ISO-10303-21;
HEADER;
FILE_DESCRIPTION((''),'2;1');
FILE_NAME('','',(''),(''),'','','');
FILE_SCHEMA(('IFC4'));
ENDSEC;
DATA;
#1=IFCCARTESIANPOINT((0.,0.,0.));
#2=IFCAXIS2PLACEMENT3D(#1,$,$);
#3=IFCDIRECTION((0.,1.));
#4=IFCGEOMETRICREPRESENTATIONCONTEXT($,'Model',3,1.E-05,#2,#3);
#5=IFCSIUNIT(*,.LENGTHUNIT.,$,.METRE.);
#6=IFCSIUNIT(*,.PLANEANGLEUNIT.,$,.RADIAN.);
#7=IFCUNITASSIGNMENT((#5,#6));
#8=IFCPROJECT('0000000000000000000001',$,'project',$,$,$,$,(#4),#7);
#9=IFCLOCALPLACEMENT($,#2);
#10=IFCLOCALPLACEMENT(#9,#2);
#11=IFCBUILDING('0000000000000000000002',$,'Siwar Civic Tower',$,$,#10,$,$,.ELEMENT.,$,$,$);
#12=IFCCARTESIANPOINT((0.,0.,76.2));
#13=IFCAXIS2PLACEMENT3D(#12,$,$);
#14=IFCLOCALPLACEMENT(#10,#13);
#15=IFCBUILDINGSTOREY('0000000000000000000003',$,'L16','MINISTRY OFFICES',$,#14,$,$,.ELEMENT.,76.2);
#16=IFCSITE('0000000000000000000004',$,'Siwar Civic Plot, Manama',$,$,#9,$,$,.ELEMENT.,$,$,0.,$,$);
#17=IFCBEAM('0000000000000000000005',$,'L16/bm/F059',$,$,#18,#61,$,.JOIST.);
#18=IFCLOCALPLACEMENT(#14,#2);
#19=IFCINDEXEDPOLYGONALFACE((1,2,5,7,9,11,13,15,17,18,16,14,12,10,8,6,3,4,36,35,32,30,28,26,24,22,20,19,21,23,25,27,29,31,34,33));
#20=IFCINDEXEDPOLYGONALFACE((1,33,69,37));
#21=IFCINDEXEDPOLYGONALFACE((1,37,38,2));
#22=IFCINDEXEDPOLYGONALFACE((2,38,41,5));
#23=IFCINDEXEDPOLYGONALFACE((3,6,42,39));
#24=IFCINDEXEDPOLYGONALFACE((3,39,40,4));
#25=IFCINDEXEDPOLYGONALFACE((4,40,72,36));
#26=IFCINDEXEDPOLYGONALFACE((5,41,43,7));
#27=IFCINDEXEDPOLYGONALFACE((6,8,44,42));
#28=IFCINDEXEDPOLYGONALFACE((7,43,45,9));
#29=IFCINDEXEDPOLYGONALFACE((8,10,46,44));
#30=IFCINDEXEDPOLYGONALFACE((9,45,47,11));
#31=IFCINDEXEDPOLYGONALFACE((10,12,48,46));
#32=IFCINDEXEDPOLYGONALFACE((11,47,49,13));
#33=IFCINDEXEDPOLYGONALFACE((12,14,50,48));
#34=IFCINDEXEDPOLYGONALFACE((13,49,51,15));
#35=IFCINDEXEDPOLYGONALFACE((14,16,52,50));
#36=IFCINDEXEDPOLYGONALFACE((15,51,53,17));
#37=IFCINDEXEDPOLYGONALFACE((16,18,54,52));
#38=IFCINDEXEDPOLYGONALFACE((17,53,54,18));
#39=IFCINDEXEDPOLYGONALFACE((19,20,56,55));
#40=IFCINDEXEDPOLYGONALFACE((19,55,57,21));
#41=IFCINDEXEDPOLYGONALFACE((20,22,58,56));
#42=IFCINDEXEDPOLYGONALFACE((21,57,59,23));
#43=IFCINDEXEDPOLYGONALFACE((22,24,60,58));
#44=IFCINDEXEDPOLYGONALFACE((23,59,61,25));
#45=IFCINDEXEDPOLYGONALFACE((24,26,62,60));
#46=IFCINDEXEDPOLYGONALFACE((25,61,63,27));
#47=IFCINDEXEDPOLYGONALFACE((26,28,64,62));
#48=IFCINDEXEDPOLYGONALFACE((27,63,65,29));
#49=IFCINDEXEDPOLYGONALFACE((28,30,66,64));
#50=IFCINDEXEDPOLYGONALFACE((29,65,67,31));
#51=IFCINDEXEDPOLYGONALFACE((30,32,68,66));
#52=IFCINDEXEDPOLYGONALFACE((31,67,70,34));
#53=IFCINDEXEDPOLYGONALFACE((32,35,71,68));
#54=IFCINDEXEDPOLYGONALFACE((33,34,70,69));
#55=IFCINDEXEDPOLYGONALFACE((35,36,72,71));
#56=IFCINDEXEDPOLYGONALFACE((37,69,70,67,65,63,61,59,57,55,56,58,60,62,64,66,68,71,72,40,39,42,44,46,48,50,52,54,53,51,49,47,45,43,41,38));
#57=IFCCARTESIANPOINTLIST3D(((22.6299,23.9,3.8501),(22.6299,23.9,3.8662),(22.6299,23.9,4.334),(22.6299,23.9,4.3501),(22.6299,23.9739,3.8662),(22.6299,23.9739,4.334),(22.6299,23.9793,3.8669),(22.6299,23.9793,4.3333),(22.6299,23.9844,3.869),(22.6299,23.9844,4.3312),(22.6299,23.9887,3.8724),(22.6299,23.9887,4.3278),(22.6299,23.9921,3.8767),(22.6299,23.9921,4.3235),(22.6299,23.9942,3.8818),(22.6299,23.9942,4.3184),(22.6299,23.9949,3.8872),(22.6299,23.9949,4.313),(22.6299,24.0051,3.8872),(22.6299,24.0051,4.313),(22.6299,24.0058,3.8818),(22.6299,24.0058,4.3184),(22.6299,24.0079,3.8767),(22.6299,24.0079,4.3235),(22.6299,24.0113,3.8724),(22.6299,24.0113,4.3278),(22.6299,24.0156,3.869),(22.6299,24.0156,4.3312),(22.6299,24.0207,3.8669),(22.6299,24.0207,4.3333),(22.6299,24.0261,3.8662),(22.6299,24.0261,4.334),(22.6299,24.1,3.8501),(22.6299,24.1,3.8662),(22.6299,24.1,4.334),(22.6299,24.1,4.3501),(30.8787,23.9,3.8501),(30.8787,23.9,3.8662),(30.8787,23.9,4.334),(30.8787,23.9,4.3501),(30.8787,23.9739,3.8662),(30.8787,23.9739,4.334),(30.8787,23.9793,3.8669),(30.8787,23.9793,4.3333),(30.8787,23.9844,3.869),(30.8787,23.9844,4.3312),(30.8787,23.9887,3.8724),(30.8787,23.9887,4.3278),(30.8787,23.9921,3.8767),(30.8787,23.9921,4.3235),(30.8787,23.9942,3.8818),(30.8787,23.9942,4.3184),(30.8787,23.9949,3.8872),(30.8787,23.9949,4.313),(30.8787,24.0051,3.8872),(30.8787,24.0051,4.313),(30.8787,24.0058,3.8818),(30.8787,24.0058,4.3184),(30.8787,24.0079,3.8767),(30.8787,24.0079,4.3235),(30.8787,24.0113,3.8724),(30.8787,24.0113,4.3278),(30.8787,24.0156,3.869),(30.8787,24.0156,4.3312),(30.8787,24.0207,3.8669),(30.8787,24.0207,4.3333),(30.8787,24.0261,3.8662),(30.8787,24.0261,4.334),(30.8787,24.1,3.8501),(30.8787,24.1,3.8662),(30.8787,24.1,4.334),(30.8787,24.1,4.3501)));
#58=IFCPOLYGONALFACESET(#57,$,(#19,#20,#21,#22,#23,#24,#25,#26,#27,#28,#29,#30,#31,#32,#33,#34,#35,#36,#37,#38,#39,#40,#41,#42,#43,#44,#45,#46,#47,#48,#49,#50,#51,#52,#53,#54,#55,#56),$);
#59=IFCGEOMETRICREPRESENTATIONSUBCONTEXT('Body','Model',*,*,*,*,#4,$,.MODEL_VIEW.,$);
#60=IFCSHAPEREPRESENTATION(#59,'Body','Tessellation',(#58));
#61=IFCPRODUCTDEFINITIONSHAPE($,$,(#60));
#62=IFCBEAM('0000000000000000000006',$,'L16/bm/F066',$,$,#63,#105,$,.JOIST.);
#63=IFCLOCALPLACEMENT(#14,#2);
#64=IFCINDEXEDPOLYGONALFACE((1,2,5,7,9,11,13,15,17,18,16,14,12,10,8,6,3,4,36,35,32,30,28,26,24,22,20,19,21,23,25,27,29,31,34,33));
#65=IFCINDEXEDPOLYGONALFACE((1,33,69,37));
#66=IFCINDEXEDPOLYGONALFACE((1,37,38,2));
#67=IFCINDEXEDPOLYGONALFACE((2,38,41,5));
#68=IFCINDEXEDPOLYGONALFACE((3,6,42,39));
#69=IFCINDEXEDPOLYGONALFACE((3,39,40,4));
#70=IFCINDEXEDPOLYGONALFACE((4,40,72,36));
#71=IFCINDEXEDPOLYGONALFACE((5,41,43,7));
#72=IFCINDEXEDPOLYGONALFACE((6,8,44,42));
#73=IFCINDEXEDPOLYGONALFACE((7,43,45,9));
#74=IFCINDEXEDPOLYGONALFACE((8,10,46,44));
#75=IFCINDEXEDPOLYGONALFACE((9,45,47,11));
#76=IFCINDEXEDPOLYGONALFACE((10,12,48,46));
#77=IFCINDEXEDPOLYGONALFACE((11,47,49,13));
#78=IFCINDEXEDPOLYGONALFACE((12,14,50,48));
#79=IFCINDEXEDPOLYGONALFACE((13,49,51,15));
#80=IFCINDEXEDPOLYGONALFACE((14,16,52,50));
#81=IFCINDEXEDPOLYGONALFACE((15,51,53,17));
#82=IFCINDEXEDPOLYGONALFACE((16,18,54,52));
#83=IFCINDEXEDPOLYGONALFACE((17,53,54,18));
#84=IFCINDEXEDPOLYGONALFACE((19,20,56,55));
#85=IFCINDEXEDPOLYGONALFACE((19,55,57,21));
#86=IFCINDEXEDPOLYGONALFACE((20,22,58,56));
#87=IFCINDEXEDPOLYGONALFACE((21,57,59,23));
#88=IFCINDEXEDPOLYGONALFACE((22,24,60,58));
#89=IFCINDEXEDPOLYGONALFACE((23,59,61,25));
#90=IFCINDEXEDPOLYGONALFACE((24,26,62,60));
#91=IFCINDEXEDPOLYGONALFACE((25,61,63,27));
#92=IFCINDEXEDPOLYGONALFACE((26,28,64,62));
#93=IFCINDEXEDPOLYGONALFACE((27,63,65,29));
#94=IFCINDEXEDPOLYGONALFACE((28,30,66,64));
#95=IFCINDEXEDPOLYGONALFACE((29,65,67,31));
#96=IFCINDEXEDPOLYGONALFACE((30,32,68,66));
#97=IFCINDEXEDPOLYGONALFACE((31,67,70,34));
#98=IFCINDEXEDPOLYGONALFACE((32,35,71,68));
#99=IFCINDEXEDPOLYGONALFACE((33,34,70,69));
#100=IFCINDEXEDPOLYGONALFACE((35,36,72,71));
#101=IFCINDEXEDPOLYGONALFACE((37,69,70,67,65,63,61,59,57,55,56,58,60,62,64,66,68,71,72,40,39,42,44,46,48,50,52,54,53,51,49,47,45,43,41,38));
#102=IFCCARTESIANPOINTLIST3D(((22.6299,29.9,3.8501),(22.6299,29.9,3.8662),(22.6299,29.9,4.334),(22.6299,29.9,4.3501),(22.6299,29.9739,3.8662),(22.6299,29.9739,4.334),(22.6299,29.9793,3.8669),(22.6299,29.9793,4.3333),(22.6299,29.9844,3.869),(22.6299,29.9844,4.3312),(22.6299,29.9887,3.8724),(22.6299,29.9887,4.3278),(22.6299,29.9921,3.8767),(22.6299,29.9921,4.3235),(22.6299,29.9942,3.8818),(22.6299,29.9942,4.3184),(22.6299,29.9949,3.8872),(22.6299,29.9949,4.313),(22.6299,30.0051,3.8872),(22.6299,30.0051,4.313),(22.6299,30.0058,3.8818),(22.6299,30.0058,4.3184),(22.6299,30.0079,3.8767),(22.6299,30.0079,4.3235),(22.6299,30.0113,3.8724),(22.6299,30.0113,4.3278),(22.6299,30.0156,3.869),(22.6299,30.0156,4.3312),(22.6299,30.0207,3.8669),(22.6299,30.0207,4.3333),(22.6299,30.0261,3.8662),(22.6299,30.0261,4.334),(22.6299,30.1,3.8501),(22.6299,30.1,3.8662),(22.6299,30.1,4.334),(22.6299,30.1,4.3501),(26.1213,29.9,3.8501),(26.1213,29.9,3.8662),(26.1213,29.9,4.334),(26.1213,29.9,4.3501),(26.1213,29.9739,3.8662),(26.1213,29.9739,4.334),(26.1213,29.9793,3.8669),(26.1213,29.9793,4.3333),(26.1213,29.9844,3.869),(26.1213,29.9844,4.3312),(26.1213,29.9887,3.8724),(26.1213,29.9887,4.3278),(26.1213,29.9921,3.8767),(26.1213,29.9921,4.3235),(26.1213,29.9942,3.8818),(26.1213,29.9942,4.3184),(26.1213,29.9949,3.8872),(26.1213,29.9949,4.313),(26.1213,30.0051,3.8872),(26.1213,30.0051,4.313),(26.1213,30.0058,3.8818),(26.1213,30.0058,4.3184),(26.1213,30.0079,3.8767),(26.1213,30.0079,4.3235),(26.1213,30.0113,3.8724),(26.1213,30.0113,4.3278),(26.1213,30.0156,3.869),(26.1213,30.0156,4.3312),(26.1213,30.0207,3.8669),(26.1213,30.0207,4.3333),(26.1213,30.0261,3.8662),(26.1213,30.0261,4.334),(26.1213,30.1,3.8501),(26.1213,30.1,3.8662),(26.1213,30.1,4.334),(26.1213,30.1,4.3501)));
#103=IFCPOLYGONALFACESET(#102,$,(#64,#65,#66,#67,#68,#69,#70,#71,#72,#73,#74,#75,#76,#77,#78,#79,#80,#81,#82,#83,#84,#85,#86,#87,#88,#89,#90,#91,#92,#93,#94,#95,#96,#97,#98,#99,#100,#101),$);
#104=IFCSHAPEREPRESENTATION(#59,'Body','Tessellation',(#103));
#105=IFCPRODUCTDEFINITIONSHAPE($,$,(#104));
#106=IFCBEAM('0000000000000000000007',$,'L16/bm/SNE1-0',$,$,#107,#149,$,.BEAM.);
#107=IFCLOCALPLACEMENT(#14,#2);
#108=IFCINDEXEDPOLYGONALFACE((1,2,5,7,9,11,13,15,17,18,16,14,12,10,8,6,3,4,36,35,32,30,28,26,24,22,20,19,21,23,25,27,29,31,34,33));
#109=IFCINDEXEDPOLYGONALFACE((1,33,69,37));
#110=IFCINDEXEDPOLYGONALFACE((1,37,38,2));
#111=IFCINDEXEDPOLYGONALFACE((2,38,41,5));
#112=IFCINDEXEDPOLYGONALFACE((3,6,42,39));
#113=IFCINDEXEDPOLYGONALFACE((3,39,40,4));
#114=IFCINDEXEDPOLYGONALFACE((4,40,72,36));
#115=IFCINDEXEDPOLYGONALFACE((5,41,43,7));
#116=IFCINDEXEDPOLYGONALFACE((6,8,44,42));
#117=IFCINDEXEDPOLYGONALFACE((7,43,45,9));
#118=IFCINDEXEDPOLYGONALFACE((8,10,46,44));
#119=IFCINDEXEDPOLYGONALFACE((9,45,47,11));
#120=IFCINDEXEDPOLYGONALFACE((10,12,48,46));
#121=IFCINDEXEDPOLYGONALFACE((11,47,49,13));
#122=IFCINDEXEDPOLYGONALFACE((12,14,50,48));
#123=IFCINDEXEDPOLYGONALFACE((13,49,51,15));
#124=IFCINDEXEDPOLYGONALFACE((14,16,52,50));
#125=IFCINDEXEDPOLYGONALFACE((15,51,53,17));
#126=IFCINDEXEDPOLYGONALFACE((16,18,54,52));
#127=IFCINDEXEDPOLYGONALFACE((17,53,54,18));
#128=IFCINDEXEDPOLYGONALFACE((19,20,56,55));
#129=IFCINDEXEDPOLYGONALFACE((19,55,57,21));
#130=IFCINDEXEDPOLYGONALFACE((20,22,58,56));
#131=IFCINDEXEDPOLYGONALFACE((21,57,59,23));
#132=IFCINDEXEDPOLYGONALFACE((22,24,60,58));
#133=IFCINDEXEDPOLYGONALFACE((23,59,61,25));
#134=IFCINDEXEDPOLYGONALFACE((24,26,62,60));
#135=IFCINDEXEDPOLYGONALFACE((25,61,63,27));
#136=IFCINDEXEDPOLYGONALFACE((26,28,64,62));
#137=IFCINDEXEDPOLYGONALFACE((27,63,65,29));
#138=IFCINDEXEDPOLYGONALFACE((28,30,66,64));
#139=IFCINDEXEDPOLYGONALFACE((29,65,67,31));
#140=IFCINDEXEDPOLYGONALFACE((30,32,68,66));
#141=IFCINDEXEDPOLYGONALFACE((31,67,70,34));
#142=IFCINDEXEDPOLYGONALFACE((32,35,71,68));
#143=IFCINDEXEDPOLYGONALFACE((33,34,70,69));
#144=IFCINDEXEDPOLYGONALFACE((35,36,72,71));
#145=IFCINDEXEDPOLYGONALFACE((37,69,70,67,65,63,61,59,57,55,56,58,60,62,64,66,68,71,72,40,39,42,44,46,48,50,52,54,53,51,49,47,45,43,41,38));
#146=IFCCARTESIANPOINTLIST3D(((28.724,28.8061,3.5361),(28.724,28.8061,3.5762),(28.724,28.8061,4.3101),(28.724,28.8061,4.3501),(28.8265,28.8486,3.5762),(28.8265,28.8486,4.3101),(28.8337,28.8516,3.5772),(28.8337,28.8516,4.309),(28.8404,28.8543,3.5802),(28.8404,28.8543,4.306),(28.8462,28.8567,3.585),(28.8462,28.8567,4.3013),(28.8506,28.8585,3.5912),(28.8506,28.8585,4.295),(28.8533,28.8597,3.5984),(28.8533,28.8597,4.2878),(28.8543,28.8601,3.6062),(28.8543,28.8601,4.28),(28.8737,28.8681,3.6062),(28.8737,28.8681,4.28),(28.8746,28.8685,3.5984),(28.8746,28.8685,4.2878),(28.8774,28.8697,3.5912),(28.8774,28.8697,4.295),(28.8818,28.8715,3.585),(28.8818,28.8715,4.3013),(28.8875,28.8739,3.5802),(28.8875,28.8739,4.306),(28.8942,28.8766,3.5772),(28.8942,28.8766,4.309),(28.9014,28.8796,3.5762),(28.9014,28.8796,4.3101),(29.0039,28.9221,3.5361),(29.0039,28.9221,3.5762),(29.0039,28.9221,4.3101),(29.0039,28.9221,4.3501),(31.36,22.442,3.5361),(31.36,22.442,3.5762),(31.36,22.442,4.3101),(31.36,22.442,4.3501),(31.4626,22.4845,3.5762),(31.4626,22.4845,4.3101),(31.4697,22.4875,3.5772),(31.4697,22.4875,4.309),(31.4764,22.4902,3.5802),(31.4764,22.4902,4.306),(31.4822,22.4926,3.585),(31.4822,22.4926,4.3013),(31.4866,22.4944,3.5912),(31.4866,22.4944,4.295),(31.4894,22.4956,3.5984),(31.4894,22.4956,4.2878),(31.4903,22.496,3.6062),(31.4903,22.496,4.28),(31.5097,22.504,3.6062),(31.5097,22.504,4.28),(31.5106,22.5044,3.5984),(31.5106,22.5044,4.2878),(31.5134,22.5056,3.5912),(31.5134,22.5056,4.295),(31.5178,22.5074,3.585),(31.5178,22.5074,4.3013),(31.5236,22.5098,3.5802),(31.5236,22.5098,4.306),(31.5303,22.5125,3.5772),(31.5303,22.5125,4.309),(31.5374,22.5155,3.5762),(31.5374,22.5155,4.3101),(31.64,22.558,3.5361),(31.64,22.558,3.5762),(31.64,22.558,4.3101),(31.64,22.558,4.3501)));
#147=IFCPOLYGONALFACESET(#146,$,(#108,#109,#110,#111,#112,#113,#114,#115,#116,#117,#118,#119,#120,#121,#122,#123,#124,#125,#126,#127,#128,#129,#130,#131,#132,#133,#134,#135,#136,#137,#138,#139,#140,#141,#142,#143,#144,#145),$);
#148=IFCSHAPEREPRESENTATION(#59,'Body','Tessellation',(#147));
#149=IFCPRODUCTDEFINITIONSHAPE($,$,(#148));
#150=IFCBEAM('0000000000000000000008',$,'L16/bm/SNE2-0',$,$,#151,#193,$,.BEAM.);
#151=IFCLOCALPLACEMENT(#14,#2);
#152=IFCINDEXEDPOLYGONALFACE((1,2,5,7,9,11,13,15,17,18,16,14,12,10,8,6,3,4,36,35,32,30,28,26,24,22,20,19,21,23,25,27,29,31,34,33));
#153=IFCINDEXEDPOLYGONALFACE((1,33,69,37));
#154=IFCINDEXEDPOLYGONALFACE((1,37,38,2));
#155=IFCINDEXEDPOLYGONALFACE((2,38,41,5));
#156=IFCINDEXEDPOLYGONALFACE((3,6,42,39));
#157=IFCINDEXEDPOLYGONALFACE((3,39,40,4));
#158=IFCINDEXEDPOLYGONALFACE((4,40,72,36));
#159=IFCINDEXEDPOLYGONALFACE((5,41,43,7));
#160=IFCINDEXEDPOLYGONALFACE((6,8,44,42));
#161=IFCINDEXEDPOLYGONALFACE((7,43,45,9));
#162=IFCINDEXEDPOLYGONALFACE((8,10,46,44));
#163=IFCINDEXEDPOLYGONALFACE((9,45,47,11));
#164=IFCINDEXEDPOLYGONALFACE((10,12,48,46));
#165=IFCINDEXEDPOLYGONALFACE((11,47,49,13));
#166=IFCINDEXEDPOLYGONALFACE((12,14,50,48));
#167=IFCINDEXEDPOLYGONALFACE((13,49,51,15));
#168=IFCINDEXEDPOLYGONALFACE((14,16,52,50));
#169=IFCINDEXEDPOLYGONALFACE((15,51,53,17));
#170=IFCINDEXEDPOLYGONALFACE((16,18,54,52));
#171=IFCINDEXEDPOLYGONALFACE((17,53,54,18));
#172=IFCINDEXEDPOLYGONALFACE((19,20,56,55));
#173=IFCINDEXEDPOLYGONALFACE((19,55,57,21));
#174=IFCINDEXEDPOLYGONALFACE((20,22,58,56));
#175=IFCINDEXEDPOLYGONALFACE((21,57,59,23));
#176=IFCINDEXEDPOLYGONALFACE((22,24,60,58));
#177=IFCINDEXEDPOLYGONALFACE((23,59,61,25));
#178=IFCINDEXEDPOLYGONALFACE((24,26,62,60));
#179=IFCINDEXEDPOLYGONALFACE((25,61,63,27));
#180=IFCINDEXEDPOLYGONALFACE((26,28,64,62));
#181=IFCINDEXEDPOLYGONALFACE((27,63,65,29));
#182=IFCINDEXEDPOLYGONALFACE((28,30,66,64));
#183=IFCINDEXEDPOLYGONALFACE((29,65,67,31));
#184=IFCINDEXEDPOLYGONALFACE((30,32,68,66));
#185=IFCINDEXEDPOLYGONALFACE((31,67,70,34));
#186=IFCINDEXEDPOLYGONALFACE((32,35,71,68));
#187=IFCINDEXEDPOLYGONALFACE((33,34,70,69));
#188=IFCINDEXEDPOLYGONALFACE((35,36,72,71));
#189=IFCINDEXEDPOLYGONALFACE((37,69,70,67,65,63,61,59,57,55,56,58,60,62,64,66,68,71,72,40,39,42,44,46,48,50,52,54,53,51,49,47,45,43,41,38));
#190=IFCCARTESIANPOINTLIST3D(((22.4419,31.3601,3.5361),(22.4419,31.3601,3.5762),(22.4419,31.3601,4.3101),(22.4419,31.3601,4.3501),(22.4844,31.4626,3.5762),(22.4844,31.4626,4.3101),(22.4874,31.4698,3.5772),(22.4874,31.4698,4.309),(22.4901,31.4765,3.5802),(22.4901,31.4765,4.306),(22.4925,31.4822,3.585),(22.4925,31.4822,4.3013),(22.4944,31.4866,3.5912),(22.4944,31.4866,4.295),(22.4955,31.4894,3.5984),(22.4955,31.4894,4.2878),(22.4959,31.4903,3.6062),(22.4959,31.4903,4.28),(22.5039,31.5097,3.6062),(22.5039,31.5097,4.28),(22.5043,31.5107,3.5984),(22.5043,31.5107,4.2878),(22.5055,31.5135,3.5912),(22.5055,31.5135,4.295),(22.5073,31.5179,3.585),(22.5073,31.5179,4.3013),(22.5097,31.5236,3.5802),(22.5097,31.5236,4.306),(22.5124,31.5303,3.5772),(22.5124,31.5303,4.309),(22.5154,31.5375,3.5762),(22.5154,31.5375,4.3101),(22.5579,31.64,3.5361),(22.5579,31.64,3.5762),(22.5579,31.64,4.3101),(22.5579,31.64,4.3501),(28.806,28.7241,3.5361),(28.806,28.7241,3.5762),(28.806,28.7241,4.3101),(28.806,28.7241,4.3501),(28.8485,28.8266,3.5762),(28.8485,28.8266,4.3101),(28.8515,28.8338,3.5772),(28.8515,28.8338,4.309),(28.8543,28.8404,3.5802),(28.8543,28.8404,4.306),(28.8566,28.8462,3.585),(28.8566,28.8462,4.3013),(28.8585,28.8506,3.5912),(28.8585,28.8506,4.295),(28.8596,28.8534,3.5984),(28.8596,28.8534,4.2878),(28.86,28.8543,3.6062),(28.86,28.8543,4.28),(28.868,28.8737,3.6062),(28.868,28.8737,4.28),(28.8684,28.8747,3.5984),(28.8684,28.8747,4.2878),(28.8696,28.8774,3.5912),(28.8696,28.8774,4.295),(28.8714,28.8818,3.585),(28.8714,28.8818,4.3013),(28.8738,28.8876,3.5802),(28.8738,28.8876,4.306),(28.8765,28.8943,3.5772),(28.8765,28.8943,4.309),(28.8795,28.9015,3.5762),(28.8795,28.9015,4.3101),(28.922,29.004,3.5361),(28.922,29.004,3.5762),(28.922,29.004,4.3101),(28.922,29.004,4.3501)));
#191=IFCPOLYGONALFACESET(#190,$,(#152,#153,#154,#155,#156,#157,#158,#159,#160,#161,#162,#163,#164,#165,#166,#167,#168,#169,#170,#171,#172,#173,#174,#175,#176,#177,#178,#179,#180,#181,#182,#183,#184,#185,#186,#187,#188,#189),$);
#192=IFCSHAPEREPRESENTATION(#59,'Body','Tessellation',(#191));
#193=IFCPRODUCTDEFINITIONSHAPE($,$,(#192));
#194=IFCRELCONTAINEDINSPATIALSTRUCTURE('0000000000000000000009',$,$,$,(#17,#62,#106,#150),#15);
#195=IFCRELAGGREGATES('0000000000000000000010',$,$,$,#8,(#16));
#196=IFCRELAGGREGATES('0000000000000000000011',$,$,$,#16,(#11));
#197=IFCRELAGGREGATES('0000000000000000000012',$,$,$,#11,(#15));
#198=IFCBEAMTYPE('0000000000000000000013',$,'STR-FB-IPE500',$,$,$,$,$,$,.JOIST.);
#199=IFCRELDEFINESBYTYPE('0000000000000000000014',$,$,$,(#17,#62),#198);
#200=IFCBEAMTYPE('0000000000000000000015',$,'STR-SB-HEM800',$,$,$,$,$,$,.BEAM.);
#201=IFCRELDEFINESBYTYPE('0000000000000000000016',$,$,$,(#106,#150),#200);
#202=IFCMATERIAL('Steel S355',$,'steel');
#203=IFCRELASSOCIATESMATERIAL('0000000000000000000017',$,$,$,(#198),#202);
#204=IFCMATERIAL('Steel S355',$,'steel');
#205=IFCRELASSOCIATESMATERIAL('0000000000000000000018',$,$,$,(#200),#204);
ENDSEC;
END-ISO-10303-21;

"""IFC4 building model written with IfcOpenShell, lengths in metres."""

from ifc_helpers import new_model, si_unit, direction, frame, origin, origin_2d, place, context, subcontext, project, spatial, i_section, extrude, material, material_profile, profile_set, type_object, element, save


model = new_model("IFC4")

# Units and contexts
model_context = context("Model", 3, precision=1e-05, world=origin(), true_north=direction((0.0, 1.0)))
body_context = subcontext(model_context, "Body", "Model", "MODEL_VIEW")
ifc_project = project(units=[si_unit("LENGTHUNIT", "METRE"), si_unit("PLANEANGLEUNIT", "RADIAN")], contexts=[model_context])

# Site, building, storey
site_placement = place(None, origin())
site = spatial("IfcSite", under=ifc_project, at=site_placement, Name="Siwar Civic Plot, Manama", CompositionType="ELEMENT", RefElevation=0.0)
building_placement = place(site_placement, origin())
building = spatial("IfcBuilding", under=site, at=building_placement, Name="Siwar Civic Tower", CompositionType="ELEMENT")
storey_placement = place(building_placement, frame((0.0, 0.0, 76.2)))
storey = spatial("IfcBuildingStorey", under=building, at=storey_placement, Name="L16", Description="MINISTRY OFFICES", CompositionType="ELEMENT", Elevation=76.2)

# Beams
ifc_material_1 = material(Name="Steel S355", Category="steel")
ifc_material_profile_1 = material_profile(ifc_material_1, i_section(OverallWidth=0.2, OverallDepth=0.5, WebThickness=0.0103, FlangeThickness=0.0161, FilletRadius=0.021, at=origin_2d()), Name="IPE500")
ifc_profile_set_1 = profile_set([ifc_material_profile_1], Name="Steel S355")
beam_type_1 = type_object("IfcBeamType", Name="STR-FB-IPE500", PredefinedType="JOIST", material=ifc_profile_set_1)
beam_1_placement = place(storey_placement, frame((22.6299, 24.0, 4.1001), z_axis=(1.0, 0.0, 0.0), x_axis=(0.0, 1.0, 0.0)))
element("IfcBeam", 1, at=beam_1_placement, inside=storey, type_object=beam_type_1, Name="L16/bm/F059", PredefinedType="JOIST", context=body_context, shape_type="SweptSolid", body=[
    extrude(i_section(OverallWidth=0.2, OverallDepth=0.5, WebThickness=0.0103, FlangeThickness=0.0161, FilletRadius=0.021, at=origin_2d()), origin(), (0.0, 0.0, 1.0), 8.2488),
])
beam_2_placement = place(storey_placement, frame((22.6299, 30.0, 4.1001), z_axis=(1.0, 0.0, 0.0), x_axis=(0.0, 1.0, 0.0)))
element("IfcBeam", 2, at=beam_2_placement, inside=storey, type_object=beam_type_1, Name="L16/bm/F066", PredefinedType="JOIST", context=body_context, shape_type="SweptSolid", body=[
    extrude(i_section(OverallWidth=0.2, OverallDepth=0.5, WebThickness=0.0103, FlangeThickness=0.0161, FilletRadius=0.021, at=origin_2d()), origin(), (0.0, 0.0, 1.0), 3.4915),
])
ifc_material_2 = material(Name="Steel S355", Category="steel")
ifc_material_profile_2 = material_profile(ifc_material_2, i_section(OverallWidth=0.303, OverallDepth=0.814, WebThickness=0.021, FlangeThickness=0.04, FilletRadius=0.03, at=origin_2d()), Name="HEM800")
ifc_profile_set_2 = profile_set([ifc_material_profile_2], Name="Steel S355")
beam_type_2 = type_object("IfcBeamType", Name="STR-SB-HEM800", PredefinedType="BEAM", material=ifc_profile_set_2)
for number, where, z_axis, x_axis, name in (
    (3, (31.5, 22.5, 3.9431), (-0.382674, 0.923883, 0.0), (-0.923883, -0.382674, 0.0), "L16/bm/SNE1-0"),
    (4, (28.864, 28.864, 3.9431), (-0.923883, 0.382674, 0.0), (-0.382674, -0.923883, 0.0), "L16/bm/SNE2-0"),
):
    element("IfcBeam", number, at=place(storey_placement, frame(where, z_axis=z_axis, x_axis=x_axis)), inside=storey, type_object=beam_type_2, Name=name, PredefinedType="BEAM", context=body_context, shape_type="SweptSolid", body=[
        extrude(i_section(OverallWidth=0.303, OverallDepth=0.814, WebThickness=0.021, FlangeThickness=0.04, FilletRadius=0.03, at=origin_2d()), origin(), (0.0, 0.0, 1.0), 6.8884),
    ])

save(model, "model.ifc")
